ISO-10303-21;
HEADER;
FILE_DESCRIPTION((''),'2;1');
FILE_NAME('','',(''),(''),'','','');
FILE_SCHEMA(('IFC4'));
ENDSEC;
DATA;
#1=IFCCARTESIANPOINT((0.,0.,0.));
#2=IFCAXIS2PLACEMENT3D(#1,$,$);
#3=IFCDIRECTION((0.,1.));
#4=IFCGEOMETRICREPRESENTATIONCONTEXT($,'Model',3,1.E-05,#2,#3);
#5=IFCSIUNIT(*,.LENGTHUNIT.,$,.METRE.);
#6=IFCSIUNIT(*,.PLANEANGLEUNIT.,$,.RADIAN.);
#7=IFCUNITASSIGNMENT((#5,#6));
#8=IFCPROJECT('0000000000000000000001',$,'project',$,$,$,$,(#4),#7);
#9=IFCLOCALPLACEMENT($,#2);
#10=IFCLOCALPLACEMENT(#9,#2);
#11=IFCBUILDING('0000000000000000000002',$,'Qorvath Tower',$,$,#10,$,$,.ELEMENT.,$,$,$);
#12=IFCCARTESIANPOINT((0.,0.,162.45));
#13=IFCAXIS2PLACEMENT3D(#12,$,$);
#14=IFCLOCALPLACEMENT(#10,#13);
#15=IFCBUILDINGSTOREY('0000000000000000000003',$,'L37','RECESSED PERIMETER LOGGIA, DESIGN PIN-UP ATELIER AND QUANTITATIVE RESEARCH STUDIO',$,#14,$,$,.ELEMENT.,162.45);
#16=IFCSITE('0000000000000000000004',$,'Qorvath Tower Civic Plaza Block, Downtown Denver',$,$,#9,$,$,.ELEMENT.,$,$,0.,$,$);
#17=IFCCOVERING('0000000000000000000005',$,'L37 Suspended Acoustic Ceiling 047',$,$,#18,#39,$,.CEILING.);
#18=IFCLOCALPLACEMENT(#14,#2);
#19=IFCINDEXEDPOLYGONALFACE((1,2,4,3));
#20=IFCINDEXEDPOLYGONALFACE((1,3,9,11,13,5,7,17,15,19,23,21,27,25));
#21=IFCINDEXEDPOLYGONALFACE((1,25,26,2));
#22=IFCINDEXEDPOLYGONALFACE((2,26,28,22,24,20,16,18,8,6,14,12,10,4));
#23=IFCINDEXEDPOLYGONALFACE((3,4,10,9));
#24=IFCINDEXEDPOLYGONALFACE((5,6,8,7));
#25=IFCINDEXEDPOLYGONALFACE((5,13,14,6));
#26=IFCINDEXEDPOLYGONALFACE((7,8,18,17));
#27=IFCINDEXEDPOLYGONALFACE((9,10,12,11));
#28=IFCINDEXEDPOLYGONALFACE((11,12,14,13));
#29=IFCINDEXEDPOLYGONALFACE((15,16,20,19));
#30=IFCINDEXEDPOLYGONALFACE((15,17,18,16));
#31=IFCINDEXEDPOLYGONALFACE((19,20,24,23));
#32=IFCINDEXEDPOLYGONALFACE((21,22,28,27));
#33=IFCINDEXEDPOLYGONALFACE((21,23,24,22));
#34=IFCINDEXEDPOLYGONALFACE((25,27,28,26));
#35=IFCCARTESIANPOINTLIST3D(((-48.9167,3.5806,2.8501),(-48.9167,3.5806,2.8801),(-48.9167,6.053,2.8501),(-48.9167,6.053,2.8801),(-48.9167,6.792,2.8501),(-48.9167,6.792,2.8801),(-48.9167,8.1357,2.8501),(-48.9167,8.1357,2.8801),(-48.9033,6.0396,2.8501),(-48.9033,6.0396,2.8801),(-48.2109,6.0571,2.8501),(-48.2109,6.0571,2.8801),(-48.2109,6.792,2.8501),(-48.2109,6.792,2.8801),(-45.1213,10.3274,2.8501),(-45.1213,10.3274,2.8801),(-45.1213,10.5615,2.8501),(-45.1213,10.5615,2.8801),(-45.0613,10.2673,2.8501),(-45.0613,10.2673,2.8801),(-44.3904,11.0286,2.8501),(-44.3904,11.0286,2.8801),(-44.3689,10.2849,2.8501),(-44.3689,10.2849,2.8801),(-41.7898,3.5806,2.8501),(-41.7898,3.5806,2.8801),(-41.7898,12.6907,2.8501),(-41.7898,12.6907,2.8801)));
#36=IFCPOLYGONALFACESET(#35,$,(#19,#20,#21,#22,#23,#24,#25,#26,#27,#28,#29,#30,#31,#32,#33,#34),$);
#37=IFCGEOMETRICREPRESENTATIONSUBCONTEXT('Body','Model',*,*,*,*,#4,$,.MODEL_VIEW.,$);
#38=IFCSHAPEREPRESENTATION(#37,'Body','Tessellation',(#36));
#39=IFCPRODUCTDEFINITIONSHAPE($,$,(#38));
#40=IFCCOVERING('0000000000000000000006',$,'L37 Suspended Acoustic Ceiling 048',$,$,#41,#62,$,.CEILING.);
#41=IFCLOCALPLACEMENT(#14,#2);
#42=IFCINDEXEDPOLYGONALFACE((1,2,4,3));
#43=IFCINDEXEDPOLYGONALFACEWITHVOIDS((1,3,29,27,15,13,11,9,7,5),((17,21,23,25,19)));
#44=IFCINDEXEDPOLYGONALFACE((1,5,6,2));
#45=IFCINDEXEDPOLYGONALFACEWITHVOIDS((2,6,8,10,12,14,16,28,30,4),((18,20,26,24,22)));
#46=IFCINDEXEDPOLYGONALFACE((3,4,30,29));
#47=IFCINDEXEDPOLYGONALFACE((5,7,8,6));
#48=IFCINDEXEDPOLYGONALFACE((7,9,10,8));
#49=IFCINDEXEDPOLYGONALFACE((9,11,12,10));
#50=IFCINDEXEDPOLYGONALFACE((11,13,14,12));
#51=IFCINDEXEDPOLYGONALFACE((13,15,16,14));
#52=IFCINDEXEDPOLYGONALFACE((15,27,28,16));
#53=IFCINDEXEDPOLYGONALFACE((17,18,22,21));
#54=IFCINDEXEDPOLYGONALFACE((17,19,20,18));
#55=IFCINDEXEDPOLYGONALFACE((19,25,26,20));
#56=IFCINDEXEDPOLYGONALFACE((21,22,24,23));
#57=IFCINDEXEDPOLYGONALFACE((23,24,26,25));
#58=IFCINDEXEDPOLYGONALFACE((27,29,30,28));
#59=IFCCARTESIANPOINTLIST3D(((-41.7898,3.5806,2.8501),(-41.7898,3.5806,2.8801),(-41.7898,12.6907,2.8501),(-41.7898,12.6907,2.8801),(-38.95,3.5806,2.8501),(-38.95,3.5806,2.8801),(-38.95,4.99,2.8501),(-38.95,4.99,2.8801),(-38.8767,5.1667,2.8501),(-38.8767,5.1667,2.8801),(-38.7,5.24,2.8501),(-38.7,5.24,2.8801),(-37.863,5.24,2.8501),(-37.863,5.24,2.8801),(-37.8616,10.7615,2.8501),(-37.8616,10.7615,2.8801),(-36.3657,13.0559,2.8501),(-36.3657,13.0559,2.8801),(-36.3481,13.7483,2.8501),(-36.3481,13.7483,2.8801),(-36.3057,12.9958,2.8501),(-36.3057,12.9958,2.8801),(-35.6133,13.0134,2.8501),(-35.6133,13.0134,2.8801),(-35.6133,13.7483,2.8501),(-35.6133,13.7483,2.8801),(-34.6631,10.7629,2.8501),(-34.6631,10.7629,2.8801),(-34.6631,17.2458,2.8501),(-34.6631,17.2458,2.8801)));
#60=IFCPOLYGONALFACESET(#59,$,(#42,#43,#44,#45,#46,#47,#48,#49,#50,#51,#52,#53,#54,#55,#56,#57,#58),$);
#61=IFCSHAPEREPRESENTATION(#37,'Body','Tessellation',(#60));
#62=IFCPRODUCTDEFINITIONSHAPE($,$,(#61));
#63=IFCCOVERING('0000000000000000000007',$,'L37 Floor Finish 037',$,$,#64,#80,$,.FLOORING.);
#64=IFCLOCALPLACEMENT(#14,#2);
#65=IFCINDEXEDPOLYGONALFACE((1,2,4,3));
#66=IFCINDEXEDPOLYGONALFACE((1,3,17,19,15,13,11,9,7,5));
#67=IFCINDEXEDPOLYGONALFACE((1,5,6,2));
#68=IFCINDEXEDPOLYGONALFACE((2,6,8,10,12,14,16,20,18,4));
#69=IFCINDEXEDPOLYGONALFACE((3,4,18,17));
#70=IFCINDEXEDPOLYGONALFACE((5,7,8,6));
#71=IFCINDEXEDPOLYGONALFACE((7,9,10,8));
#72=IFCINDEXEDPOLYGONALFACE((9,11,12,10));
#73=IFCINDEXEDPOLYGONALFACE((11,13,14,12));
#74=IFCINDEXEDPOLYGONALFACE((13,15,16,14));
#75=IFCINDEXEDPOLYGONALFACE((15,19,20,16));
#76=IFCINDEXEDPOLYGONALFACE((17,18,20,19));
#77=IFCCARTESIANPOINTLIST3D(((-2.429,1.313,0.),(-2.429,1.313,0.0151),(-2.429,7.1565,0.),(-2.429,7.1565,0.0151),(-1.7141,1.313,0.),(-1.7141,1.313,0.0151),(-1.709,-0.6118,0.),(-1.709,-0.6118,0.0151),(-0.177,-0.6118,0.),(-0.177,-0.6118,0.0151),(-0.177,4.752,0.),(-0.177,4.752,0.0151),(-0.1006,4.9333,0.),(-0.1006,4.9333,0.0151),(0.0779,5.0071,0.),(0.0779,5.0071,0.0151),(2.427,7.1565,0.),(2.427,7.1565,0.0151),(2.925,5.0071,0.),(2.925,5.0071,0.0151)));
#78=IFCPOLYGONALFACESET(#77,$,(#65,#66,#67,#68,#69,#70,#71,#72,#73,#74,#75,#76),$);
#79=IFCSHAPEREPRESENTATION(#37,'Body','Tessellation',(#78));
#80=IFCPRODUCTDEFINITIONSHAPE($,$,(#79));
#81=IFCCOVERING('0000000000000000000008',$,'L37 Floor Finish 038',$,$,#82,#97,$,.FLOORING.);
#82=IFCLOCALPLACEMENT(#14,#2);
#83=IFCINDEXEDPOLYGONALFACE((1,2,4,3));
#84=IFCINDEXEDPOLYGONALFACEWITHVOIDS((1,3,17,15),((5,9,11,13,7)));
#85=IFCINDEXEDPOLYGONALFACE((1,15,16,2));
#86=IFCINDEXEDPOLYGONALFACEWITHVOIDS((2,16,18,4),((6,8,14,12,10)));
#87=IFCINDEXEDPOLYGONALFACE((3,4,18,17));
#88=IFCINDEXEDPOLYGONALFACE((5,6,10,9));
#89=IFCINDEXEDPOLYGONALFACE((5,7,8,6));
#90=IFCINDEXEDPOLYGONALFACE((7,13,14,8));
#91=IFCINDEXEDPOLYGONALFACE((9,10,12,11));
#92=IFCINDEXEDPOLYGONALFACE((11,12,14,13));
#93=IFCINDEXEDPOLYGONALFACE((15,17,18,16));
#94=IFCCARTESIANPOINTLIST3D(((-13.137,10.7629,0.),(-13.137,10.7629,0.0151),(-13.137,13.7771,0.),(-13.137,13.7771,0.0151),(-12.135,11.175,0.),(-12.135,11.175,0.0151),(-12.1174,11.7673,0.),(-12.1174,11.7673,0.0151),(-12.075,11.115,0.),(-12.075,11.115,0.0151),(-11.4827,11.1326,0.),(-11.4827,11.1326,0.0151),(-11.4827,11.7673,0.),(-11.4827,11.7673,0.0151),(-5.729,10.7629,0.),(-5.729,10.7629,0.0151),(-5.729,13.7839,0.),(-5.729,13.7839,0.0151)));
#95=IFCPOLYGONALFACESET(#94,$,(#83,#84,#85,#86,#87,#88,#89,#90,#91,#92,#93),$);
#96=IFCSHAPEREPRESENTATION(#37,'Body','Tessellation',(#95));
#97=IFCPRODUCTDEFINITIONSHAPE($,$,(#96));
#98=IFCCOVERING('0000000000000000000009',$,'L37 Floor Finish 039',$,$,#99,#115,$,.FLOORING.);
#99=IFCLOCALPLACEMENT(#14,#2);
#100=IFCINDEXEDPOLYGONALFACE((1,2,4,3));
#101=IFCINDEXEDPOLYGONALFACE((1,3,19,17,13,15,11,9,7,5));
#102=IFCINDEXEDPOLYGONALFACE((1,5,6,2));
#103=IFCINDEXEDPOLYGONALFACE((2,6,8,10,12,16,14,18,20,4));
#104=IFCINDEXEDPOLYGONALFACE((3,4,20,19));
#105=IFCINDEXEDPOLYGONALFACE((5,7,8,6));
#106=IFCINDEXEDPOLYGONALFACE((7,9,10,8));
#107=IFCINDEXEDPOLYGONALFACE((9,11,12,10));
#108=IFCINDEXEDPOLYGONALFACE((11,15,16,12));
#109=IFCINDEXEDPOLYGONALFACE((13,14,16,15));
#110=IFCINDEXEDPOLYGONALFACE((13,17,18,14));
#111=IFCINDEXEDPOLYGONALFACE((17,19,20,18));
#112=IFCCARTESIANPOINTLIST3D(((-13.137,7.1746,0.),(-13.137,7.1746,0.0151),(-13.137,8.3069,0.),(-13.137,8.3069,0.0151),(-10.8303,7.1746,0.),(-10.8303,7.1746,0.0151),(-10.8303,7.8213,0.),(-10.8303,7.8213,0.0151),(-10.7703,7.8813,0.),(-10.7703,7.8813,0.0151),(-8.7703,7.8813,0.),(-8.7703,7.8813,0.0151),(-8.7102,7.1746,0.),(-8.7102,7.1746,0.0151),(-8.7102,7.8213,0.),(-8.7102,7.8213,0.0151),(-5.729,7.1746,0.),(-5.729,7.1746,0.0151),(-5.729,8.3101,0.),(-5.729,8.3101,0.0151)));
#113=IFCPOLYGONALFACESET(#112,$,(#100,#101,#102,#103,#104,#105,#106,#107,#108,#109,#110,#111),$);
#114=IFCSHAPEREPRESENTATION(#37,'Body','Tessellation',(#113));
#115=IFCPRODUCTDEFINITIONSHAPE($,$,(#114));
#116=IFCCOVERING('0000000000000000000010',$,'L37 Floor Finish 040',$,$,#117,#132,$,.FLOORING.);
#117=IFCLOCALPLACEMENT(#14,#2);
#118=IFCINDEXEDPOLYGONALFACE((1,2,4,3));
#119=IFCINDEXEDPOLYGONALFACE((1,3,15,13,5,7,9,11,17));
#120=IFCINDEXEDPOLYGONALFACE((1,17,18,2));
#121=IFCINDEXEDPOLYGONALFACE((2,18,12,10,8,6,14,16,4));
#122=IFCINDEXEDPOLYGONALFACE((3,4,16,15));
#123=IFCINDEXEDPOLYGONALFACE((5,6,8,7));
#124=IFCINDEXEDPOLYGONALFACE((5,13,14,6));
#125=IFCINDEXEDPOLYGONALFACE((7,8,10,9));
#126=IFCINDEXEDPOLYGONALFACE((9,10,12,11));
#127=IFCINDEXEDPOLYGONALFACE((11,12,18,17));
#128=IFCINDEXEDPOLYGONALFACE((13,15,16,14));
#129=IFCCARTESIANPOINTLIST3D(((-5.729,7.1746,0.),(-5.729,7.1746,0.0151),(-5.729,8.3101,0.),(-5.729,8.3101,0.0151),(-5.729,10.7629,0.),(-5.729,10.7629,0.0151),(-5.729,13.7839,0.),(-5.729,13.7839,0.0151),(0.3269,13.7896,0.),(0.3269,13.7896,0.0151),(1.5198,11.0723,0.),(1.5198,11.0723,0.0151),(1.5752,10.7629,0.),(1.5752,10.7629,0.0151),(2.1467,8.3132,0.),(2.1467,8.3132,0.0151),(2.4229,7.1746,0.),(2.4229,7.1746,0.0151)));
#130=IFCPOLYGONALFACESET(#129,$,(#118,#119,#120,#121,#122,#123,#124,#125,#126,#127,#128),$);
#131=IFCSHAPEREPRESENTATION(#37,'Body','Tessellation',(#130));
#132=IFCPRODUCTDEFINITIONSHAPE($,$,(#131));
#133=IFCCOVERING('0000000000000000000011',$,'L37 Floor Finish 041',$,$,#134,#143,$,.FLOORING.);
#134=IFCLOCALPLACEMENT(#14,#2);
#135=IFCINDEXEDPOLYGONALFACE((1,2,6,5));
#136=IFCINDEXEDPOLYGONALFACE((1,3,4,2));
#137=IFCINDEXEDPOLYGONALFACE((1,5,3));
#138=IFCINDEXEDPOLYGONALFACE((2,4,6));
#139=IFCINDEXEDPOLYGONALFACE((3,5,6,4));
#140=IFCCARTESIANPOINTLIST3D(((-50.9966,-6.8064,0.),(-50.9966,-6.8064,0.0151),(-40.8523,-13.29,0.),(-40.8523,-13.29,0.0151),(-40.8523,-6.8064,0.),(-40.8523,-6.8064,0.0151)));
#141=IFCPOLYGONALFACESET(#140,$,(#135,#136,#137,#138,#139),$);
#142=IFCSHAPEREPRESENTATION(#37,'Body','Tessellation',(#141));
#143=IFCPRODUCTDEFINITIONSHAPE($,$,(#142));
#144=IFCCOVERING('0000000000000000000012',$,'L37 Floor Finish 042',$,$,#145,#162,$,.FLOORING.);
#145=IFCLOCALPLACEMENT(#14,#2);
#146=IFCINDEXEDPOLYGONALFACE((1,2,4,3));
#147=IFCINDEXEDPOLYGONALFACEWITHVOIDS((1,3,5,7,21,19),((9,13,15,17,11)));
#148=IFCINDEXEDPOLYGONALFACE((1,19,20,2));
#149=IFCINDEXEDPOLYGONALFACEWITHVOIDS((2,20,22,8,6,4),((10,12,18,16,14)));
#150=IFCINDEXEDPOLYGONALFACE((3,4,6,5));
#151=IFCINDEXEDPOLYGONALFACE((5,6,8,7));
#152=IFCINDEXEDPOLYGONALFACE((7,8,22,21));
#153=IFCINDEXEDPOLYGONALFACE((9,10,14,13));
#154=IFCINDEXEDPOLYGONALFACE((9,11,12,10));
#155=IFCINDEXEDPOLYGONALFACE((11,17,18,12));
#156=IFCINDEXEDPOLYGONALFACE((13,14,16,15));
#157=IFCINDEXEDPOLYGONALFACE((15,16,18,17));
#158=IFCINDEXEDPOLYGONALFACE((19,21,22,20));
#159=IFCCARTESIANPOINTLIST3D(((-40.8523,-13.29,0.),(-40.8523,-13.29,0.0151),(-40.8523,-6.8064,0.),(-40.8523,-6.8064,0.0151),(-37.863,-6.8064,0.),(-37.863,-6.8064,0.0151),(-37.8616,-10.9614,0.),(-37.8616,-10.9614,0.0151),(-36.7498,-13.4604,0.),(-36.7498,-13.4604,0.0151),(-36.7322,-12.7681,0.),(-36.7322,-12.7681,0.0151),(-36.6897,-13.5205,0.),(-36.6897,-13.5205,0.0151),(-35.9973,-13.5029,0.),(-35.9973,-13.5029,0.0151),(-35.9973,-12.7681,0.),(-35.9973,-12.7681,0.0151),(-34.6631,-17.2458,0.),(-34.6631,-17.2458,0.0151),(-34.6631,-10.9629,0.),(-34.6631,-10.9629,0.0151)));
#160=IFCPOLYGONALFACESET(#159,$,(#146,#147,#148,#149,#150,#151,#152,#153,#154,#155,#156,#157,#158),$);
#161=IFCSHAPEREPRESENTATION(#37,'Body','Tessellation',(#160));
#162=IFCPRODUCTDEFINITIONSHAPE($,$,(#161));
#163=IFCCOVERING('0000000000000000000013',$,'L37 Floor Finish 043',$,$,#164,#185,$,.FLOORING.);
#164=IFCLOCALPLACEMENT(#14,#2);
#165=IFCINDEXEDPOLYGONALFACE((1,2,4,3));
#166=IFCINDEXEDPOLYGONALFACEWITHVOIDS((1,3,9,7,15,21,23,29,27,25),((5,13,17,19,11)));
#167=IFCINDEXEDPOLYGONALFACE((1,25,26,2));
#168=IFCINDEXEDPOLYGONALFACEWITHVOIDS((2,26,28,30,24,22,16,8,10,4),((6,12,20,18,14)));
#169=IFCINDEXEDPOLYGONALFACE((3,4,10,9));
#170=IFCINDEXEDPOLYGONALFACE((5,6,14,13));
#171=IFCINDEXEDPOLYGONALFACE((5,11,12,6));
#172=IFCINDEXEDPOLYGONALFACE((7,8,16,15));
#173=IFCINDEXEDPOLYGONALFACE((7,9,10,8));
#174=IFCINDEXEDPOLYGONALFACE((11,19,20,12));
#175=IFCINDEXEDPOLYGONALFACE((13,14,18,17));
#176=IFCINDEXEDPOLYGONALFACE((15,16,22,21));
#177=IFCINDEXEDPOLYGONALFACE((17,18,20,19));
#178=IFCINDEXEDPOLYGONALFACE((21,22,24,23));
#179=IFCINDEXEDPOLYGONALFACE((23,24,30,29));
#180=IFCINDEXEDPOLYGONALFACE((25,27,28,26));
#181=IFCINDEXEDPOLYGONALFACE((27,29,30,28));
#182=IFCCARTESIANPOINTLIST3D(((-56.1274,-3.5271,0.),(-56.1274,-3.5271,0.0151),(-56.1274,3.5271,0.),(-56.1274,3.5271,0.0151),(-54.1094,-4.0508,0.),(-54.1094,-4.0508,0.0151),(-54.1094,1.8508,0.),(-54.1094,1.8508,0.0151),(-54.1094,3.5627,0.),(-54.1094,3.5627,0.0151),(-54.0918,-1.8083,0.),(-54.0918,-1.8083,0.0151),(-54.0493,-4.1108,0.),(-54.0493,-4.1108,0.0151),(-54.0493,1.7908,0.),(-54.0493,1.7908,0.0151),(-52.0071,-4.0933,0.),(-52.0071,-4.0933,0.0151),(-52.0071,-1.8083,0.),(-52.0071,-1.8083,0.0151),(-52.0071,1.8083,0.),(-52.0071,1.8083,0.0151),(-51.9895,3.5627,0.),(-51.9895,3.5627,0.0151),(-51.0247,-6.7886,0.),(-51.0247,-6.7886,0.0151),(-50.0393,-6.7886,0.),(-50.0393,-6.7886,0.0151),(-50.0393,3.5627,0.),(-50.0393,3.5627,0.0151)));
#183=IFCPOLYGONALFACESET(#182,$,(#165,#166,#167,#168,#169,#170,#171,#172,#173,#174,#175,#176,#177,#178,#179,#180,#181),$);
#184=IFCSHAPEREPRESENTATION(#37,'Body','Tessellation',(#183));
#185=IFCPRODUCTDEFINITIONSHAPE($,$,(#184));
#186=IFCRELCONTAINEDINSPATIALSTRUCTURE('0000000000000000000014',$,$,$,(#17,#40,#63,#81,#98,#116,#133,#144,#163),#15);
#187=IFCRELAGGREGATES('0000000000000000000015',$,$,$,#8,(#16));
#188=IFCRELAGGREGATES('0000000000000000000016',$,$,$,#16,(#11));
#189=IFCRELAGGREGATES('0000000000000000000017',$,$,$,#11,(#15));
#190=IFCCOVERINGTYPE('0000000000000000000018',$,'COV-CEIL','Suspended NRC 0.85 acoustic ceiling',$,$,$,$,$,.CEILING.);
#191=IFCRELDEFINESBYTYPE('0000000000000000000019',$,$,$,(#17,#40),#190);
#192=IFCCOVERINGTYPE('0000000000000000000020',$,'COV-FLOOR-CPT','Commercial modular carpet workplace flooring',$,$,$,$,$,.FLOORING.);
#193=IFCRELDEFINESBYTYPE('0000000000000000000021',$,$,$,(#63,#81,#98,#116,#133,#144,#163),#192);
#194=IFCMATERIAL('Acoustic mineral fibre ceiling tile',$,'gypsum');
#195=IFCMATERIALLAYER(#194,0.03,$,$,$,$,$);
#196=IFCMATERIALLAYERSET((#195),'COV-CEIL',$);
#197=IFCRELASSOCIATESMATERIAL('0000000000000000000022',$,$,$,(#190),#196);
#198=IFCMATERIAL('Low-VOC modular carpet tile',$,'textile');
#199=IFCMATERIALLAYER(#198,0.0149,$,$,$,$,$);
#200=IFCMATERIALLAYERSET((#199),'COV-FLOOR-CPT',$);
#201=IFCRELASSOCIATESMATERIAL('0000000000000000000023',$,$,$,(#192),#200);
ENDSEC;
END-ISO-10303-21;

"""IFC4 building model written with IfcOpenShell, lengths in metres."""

from ifc_helpers import new_model, si_unit, direction, frame, origin, place, context, subcontext, project, spatial, polyline, outline, extrude, material, layer, layer_set, type_object, element, save


model = new_model("IFC4")

# Units and contexts
model_context = context("Model", 3, precision=1e-05, world=origin(), true_north=direction((0.0, 1.0)))
body_context = subcontext(model_context, "Body", "Model", "MODEL_VIEW")
ifc_project = project(units=[si_unit("LENGTHUNIT", "METRE"), si_unit("PLANEANGLEUNIT", "RADIAN")], contexts=[model_context])

# Site, building, storey
site_placement = place(None, origin())
site = spatial("IfcSite", under=ifc_project, at=site_placement, Name="Qorvath Tower Civic Plaza Block, Downtown Denver", CompositionType="ELEMENT", RefElevation=0.0)
building_placement = place(site_placement, origin())
building = spatial("IfcBuilding", under=site, at=building_placement, Name="Qorvath Tower", CompositionType="ELEMENT")
storey_placement = place(building_placement, frame((0.0, 0.0, 162.45)))
storey = spatial("IfcBuildingStorey", under=building, at=storey_placement, Name="L37", Description="RECESSED PERIMETER LOGGIA, DESIGN PIN-UP ATELIER AND QUANTITATIVE RESEARCH STUDIO", CompositionType="ELEMENT", Elevation=162.45)

# Coverings
ifc_material_1 = material(Name="Acoustic mineral fibre ceiling tile", Category="gypsum")
ifc_layer_1 = layer(ifc_material_1, 0.03)
ifc_layer_set_1 = layer_set([ifc_layer_1], Name="COV-CEIL")
covering_type_1 = type_object("IfcCoveringType", Name="COV-CEIL", Description="Suspended NRC 0.85 acoustic ceiling", PredefinedType="CEILING", material=ifc_layer_set_1)
covering_1_placement = place(storey_placement, frame((0.0, 0.0, 2.8501)))
element("IfcCovering", 1, at=covering_1_placement, inside=storey, type_object=covering_type_1, Name="L37 Suspended Acoustic Ceiling 047", PredefinedType="CEILING", context=body_context, shape_type="SweptSolid", body=[
    extrude(outline(polyline([(-41.7898, 3.5806), (-41.7898, 12.6907), (-44.3904, 11.0286), (-44.3689, 10.2849), (-45.0613, 10.2673), (-45.1213, 10.3274), (-45.1213, 10.5615), (-48.9167, 8.1357), (-48.9167, 6.792), (-48.2109, 6.792), (-48.2109, 6.0571), (-48.9033, 6.0396), (-48.9167, 6.053), (-48.9167, 3.5806), (-41.7898, 3.5806)])), origin(), (0.0, 0.0, 1.0), 0.03),
])
covering_2_placement = place(storey_placement, frame((0.0, 0.0, 2.8501)))
element("IfcCovering", 2, at=covering_2_placement, inside=storey, type_object=covering_type_1, Name="L37 Suspended Acoustic Ceiling 048", PredefinedType="CEILING", context=body_context, shape_type="SweptSolid", body=[
    extrude(outline(polyline([(-34.6631, 10.7629), (-34.6631, 17.2458), (-41.7898, 12.6907), (-41.7898, 3.5806), (-38.95, 3.5806), (-38.95, 4.99), (-38.8767, 5.1667), (-38.7, 5.24), (-37.863, 5.24), (-37.8616, 10.7615), (-34.6631, 10.7629)]), holes=[polyline([(-36.3657, 13.0559), (-36.3481, 13.7483), (-35.6133, 13.7483), (-35.6133, 13.0134), (-36.3057, 12.9958), (-36.3657, 13.0559)])]), origin(), (0.0, 0.0, 1.0), 0.03),
])
ifc_material_2 = material(Name="Low-VOC modular carpet tile", Category="textile")
ifc_layer_2 = layer(ifc_material_2, 0.0149)
ifc_layer_set_2 = layer_set([ifc_layer_2], Name="COV-FLOOR-CPT")
covering_type_2 = type_object("IfcCoveringType", Name="COV-FLOOR-CPT", Description="Commercial modular carpet workplace flooring", PredefinedType="FLOORING", material=ifc_layer_set_2)
covering_3_placement = place(storey_placement, origin())
element("IfcCovering", 3, at=covering_3_placement, inside=storey, type_object=covering_type_2, Name="L37 Floor Finish 037", PredefinedType="FLOORING", context=body_context, shape_type="SweptSolid", body=[
    extrude(outline(polyline([(-0.1006, 4.9333), (0.0779, 5.0071), (2.925, 5.0071), (2.427, 7.1565), (-2.429, 7.1565), (-2.429, 1.313), (-1.7141, 1.313), (-1.709, -0.6118), (-0.177, -0.6118), (-0.177, 4.752), (-0.1006, 4.9333)])), origin(), (0.0, 0.0, 1.0), 0.0151),
])
covering_4_placement = place(storey_placement, origin())
element("IfcCovering", 4, at=covering_4_placement, inside=storey, type_object=covering_type_2, Name="L37 Floor Finish 038", PredefinedType="FLOORING", context=body_context, shape_type="SweptSolid", body=[
    extrude(outline(polyline([(-5.729, 10.7629), (-5.729, 13.7839), (-13.137, 13.7771), (-13.137, 10.7629), (-5.729, 10.7629)]), holes=[polyline([(-12.135, 11.175), (-12.1174, 11.7673), (-11.4827, 11.7673), (-11.4827, 11.1326), (-12.075, 11.115), (-12.135, 11.175)])]), origin(), (0.0, 0.0, 1.0), 0.0151),
])
covering_5_placement = place(storey_placement, origin())
element("IfcCovering", 5, at=covering_5_placement, inside=storey, type_object=covering_type_2, Name="L37 Floor Finish 039", PredefinedType="FLOORING", context=body_context, shape_type="SweptSolid", body=[
    extrude(outline(polyline([(-8.7102, 7.8213), (-8.7102, 7.1746), (-5.729, 7.1746), (-5.729, 8.3101), (-13.137, 8.3069), (-13.137, 7.1746), (-10.8303, 7.1746), (-10.8303, 7.8213), (-10.7703, 7.8813), (-8.7703, 7.8813), (-8.7102, 7.8213)])), origin(), (0.0, 0.0, 1.0), 0.0151),
])
covering_6_placement = place(storey_placement, origin())
element("IfcCovering", 6, at=covering_6_placement, inside=storey, type_object=covering_type_2, Name="L37 Floor Finish 040", PredefinedType="FLOORING", context=body_context, shape_type="SweptSolid", body=[
    extrude(outline(polyline([(-5.729, 8.3101), (-5.729, 7.1746), (2.4229, 7.1746), (1.5198, 11.0723), (0.3269, 13.7896), (-5.729, 13.7839), (-5.729, 10.7629), (1.5752, 10.7629), (2.1467, 8.3132), (-5.729, 8.3101)])), origin(), (0.0, 0.0, 1.0), 0.0151),
])
covering_7_placement = place(storey_placement, origin())
element("IfcCovering", 7, at=covering_7_placement, inside=storey, type_object=covering_type_2, Name="L37 Floor Finish 041", PredefinedType="FLOORING", context=body_context, shape_type="SweptSolid", body=[
    extrude(outline(polyline([(-50.9966, -6.8064), (-40.8523, -13.29), (-40.8523, -6.8064), (-50.9966, -6.8064)])), origin(), (0.0, 0.0, 1.0), 0.0151),
])
covering_8_placement = place(storey_placement, origin())
element("IfcCovering", 8, at=covering_8_placement, inside=storey, type_object=covering_type_2, Name="L37 Floor Finish 042", PredefinedType="FLOORING", context=body_context, shape_type="SweptSolid", body=[
    extrude(outline(polyline([(-40.8523, -6.8064), (-40.8523, -13.29), (-34.6631, -17.2458), (-34.6631, -10.9629), (-37.8616, -10.9614), (-37.863, -6.8064), (-40.8523, -6.8064)]), holes=[polyline([(-36.7498, -13.4604), (-36.7322, -12.7681), (-35.9973, -12.7681), (-35.9973, -13.5029), (-36.6897, -13.5205), (-36.7498, -13.4604)])]), origin(), (0.0, 0.0, 1.0), 0.0151),
])
covering_9_placement = place(storey_placement, origin())
element("IfcCovering", 9, at=covering_9_placement, inside=storey, type_object=covering_type_2, Name="L37 Floor Finish 043", PredefinedType="FLOORING", context=body_context, shape_type="SweptSolid", body=[
    extrude(outline(polyline([(-56.1274, 3.5271), (-56.1274, -3.5271), (-51.0247, -6.7886), (-50.0393, -6.7886), (-50.0393, 3.5627), (-51.9895, 3.5627), (-52.0071, 1.8083), (-54.0493, 1.7908), (-54.1094, 1.8508), (-54.1094, 3.5627), (-56.1274, 3.5271)]), holes=[polyline([(-54.1094, -4.0508), (-54.0918, -1.8083), (-52.0071, -1.8083), (-52.0071, -4.0933), (-54.0493, -4.1108), (-54.1094, -4.0508)])]), origin(), (0.0, 0.0, 1.0), 0.0151),
])

save(model, "model.ifc")
